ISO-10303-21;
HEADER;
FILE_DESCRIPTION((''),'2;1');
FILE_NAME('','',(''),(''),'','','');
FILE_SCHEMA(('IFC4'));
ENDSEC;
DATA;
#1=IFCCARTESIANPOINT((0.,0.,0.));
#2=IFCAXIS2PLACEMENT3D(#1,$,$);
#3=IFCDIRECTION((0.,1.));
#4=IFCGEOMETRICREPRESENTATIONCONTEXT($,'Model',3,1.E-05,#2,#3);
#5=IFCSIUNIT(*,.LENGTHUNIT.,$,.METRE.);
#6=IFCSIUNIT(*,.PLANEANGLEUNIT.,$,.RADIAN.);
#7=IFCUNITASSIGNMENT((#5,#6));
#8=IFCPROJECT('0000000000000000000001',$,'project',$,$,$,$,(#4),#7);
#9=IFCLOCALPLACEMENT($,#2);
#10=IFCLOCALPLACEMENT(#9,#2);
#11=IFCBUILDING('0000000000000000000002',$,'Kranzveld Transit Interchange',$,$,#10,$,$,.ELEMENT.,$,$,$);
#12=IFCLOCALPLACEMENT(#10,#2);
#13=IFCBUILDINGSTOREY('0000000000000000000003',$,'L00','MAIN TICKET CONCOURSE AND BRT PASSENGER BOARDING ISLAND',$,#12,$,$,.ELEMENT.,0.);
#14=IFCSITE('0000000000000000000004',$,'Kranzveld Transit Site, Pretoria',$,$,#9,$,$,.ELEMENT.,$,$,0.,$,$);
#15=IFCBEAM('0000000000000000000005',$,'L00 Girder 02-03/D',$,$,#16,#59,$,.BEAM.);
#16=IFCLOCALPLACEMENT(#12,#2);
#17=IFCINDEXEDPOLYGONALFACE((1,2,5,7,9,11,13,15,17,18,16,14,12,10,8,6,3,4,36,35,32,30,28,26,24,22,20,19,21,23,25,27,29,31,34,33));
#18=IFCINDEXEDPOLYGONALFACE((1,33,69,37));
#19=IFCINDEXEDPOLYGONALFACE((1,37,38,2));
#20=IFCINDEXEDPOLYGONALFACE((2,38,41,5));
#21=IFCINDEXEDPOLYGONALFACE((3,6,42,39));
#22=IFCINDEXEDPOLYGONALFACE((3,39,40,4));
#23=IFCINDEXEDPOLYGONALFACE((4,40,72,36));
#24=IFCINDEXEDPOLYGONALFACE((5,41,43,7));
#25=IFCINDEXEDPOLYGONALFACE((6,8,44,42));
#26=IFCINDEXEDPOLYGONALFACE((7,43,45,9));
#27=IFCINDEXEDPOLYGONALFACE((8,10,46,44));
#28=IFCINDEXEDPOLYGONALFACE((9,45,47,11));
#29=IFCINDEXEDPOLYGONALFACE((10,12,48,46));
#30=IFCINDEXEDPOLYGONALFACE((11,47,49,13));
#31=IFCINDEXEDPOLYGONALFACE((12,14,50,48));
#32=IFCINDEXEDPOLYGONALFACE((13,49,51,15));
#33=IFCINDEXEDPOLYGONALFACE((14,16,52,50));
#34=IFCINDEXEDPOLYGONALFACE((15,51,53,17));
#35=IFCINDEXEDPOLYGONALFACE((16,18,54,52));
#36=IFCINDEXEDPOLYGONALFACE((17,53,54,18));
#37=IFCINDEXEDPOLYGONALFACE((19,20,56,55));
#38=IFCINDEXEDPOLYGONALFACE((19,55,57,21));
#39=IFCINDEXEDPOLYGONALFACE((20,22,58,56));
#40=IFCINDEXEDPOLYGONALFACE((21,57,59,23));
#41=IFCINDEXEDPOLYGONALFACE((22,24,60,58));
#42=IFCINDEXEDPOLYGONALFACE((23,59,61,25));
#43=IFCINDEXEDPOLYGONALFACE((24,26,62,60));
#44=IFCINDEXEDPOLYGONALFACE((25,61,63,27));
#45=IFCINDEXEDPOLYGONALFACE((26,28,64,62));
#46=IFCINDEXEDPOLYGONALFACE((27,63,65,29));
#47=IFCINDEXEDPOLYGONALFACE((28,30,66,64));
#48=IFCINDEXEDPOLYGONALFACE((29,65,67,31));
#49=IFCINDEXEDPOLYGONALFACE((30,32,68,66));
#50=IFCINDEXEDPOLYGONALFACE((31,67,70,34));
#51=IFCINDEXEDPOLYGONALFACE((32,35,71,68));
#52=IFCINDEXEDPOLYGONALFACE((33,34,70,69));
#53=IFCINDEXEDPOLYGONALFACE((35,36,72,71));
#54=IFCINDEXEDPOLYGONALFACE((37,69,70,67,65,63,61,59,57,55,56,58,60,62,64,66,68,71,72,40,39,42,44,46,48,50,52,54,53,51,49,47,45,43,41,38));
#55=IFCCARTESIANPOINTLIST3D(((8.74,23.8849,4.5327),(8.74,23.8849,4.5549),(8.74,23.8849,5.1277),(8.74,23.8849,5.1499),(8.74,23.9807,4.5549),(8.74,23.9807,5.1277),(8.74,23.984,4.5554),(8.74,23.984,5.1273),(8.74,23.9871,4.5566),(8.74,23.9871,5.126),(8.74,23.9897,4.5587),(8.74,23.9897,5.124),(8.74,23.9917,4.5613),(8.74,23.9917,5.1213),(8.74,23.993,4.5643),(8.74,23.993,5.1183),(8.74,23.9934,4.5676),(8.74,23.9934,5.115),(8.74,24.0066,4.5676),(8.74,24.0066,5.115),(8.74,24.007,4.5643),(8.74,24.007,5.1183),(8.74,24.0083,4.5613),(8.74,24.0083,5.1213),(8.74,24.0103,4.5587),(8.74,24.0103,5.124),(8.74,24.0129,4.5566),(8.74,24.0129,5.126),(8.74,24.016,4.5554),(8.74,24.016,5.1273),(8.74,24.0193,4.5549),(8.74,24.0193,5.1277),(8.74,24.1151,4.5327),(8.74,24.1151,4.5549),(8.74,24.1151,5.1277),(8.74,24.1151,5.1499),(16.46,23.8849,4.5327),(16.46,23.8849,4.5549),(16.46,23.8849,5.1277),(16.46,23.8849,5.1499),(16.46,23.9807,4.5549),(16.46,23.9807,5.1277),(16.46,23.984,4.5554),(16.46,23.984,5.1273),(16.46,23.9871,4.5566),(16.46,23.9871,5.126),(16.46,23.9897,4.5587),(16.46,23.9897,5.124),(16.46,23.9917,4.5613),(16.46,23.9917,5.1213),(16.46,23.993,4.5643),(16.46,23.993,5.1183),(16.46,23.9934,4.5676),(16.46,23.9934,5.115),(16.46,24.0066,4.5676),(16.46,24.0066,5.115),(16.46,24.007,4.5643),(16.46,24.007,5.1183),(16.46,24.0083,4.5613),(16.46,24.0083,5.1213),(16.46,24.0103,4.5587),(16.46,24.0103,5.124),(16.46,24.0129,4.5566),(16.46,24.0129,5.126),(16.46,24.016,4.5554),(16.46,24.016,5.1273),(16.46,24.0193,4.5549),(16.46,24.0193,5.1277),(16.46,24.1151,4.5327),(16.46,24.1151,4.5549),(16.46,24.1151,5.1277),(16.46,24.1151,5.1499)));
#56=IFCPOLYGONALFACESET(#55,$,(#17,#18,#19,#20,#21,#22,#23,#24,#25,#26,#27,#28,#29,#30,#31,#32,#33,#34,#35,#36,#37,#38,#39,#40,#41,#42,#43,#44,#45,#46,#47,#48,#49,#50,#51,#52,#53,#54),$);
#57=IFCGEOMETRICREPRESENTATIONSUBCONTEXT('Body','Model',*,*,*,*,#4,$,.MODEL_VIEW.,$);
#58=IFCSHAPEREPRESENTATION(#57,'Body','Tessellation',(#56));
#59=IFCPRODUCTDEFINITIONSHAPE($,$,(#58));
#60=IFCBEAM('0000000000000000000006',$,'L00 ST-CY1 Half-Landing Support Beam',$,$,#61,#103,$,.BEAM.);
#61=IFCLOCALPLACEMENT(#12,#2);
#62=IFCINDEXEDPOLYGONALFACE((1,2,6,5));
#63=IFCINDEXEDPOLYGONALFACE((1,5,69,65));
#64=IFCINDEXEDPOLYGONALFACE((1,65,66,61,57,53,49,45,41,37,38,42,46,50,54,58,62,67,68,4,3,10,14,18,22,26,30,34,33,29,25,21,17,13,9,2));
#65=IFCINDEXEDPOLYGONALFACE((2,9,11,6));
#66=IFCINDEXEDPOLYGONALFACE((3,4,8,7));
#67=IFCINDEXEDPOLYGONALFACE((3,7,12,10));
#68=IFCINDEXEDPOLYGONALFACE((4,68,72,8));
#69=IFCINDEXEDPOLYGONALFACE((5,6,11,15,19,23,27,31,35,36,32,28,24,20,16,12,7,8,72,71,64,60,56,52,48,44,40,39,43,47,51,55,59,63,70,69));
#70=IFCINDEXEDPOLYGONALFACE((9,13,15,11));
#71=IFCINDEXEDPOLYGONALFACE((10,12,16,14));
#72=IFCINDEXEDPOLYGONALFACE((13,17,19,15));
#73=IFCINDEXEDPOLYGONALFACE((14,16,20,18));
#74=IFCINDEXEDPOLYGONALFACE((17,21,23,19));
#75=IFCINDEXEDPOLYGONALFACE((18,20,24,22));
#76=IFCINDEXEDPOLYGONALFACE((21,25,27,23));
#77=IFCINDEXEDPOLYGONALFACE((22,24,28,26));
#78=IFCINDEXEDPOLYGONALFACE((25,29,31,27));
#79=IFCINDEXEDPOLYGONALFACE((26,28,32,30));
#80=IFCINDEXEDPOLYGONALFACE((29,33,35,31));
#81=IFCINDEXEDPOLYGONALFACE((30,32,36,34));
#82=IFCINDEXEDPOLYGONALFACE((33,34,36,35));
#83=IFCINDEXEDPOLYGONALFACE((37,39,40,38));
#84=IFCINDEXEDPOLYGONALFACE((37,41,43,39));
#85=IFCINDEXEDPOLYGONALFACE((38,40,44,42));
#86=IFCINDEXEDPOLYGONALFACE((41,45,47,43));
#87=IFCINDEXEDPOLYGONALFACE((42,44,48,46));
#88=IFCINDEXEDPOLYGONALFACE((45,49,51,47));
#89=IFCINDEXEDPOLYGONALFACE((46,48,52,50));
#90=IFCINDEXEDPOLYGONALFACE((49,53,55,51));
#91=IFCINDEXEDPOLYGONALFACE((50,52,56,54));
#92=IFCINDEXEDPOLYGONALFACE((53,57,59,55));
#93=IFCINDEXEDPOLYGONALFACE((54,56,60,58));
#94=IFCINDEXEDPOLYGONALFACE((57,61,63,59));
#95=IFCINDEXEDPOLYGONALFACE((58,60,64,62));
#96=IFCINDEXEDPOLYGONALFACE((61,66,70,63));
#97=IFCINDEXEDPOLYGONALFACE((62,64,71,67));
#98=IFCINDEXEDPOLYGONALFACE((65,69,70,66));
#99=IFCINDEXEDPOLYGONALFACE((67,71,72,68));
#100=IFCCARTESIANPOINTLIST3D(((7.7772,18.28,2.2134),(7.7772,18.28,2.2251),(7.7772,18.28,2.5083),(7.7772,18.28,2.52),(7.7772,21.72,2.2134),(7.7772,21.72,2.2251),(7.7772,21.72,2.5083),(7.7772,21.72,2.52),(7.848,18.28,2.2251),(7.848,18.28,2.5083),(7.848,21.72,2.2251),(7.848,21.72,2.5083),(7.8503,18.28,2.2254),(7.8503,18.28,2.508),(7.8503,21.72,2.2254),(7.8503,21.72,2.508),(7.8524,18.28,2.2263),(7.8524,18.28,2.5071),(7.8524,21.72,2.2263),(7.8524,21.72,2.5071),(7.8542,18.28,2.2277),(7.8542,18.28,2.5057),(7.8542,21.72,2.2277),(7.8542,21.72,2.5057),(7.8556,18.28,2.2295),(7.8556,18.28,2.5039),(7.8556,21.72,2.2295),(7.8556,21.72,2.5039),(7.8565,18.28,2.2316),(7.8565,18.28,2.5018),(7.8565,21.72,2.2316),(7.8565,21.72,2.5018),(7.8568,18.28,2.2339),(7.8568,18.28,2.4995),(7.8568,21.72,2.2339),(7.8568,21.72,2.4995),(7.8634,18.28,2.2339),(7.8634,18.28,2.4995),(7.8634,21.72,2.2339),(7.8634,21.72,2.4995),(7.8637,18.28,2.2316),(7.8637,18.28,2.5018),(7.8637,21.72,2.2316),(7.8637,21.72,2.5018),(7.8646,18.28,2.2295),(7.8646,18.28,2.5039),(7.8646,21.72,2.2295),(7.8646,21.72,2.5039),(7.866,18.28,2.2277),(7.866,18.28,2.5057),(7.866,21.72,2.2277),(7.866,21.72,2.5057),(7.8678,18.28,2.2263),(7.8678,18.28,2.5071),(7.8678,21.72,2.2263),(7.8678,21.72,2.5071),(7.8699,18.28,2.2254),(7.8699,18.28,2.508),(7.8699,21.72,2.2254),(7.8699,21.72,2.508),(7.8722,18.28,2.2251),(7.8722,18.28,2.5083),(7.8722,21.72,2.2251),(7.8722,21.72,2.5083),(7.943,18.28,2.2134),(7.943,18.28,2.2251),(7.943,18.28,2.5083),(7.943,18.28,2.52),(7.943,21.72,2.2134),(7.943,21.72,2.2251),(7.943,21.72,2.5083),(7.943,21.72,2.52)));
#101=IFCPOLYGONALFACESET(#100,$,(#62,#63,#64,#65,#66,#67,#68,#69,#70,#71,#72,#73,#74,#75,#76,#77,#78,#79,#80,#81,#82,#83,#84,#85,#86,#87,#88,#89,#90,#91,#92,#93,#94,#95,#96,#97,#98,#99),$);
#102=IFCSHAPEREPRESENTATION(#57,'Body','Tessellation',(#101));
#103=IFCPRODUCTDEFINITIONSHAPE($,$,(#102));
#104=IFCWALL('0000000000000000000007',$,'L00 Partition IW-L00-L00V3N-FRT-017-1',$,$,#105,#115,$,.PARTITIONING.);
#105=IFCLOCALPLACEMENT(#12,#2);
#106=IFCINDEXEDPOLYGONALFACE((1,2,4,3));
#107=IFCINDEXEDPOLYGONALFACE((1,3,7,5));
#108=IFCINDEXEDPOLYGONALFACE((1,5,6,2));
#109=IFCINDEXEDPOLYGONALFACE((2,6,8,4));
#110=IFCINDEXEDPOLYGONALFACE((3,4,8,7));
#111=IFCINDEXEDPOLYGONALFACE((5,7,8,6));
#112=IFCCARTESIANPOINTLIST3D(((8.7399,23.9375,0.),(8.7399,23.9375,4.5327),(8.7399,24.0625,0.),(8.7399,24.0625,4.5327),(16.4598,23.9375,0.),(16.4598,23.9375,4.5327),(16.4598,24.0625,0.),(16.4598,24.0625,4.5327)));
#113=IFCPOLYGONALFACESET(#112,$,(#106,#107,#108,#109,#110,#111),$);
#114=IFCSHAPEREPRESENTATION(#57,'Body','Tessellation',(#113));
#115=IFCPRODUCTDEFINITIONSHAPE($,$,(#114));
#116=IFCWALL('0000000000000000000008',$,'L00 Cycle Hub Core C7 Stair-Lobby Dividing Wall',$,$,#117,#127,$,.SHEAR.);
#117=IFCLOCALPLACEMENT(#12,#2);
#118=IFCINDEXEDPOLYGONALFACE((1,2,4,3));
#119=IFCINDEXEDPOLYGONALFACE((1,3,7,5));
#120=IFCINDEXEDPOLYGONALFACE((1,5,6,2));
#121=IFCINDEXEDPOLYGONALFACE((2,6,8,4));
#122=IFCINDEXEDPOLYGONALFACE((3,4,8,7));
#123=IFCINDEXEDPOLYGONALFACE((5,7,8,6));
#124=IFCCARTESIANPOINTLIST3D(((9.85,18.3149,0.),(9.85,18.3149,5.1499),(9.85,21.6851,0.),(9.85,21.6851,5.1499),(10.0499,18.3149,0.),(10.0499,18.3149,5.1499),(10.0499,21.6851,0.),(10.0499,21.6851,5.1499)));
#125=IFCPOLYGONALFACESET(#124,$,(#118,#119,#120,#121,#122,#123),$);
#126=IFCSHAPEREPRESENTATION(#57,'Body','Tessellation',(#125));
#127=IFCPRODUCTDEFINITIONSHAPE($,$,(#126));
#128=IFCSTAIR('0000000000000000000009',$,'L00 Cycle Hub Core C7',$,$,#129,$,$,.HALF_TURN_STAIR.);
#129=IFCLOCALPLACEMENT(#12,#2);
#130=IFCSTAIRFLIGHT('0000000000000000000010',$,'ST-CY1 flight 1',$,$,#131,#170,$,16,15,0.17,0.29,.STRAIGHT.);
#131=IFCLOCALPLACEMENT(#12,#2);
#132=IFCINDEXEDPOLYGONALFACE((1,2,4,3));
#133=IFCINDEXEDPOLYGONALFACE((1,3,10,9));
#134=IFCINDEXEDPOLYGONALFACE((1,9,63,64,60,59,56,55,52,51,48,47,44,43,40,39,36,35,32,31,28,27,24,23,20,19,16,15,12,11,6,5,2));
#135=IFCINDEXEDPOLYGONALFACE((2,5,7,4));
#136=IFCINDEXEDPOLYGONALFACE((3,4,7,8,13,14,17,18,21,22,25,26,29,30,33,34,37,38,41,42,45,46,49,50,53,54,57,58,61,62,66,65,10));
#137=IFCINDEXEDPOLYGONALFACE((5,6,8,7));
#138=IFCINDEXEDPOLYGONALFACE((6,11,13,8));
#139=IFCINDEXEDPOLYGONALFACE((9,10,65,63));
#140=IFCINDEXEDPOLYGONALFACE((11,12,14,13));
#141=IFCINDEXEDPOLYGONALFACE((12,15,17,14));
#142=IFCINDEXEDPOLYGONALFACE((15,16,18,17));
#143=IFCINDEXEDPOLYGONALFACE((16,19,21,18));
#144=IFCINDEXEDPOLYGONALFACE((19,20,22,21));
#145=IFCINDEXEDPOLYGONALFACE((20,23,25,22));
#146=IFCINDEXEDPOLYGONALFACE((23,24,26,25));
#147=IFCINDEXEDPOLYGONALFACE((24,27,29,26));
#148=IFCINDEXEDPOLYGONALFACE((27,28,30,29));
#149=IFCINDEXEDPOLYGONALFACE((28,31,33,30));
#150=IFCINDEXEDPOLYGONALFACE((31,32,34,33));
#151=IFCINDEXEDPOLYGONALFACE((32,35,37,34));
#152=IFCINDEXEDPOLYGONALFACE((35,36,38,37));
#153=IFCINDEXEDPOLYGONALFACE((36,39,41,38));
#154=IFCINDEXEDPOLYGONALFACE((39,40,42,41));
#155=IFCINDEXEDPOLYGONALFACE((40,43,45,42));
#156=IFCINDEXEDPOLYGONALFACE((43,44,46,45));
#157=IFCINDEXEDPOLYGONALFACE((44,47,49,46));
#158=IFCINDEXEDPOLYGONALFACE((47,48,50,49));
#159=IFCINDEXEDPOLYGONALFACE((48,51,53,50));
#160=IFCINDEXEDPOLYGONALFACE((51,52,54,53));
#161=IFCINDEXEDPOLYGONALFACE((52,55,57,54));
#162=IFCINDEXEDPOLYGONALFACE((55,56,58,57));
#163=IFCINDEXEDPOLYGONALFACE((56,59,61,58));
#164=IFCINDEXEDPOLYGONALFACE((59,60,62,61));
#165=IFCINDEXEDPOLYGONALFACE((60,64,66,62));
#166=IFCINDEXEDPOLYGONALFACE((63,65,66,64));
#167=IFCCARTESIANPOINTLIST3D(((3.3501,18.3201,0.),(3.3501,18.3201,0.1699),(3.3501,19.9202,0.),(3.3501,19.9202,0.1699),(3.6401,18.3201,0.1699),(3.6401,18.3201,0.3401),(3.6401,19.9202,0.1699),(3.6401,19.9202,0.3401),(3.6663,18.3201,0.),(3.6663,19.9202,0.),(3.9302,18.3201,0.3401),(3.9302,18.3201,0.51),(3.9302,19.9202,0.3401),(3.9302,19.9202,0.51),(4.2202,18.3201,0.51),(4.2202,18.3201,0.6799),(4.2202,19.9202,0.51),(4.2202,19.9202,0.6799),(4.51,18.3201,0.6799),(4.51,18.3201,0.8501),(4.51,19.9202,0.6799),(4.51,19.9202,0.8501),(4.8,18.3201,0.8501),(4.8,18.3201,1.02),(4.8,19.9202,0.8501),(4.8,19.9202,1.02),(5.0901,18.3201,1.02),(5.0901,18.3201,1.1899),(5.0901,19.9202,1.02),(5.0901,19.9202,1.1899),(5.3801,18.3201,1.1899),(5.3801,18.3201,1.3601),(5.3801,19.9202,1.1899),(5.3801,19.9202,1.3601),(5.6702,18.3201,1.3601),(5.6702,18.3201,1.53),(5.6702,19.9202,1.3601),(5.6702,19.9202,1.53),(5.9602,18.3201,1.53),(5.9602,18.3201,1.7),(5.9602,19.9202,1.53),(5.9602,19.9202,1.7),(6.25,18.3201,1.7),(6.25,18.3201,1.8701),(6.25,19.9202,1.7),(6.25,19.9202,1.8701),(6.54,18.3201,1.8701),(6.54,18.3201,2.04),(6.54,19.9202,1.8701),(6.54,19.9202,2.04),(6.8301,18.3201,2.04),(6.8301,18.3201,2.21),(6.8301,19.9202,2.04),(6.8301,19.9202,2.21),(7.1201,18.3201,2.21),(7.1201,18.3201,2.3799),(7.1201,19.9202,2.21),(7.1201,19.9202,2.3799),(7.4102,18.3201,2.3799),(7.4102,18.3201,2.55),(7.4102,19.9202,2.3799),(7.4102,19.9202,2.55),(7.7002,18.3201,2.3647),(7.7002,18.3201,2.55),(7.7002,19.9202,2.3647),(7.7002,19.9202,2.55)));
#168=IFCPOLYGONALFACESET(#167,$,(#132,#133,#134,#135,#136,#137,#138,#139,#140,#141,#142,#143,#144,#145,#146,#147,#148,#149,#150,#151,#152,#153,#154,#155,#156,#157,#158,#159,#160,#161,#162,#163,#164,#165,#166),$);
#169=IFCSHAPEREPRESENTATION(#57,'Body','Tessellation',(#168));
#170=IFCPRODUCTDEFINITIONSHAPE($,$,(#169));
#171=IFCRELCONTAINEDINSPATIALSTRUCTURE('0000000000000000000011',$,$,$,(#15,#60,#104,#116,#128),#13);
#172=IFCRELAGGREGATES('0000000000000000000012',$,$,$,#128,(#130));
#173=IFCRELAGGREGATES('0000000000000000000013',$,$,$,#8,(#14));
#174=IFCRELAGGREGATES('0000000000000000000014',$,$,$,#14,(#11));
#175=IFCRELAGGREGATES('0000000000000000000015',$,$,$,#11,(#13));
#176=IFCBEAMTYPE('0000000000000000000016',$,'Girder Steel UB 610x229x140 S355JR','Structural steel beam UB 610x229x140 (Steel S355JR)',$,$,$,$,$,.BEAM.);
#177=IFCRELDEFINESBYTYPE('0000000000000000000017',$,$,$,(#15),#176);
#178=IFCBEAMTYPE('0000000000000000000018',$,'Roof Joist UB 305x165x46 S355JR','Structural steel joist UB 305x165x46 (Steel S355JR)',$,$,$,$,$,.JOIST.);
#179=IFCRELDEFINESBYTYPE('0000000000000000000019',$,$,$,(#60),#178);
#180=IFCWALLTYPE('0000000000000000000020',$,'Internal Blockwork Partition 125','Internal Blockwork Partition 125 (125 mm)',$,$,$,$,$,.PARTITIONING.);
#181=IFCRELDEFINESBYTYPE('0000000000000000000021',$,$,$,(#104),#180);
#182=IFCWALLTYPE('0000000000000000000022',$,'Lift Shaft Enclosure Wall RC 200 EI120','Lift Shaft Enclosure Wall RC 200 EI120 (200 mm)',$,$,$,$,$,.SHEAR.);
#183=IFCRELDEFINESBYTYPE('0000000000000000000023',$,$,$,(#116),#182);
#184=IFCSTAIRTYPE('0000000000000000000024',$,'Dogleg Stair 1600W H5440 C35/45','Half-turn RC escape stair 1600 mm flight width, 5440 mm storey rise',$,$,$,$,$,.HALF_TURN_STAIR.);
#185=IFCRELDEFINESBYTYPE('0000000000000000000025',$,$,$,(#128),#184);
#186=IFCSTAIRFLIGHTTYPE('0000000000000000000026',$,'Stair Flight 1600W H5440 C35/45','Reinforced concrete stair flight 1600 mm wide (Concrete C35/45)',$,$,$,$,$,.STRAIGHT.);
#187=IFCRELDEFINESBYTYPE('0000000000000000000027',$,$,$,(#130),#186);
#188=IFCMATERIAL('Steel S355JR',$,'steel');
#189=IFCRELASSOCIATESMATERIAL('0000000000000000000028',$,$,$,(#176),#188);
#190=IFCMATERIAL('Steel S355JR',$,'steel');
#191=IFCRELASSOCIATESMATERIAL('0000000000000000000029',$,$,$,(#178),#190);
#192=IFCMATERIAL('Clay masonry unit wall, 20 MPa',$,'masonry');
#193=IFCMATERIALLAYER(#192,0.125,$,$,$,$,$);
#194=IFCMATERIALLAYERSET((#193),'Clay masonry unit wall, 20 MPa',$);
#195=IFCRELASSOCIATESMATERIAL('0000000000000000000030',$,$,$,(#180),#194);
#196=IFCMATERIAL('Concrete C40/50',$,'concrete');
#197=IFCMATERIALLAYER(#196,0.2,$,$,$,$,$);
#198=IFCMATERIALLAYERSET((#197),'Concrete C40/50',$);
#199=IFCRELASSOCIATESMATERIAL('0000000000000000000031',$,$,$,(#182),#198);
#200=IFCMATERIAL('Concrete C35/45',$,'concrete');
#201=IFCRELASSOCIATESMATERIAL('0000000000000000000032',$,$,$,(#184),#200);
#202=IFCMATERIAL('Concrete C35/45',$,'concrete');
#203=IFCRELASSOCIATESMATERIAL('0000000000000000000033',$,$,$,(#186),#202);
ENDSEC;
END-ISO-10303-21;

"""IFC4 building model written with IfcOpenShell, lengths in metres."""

from ifc_helpers import new_model, si_unit, direction, frame, frame_2d, origin, origin_2d, place, context, subcontext, project, spatial, polyline, rectangle, i_section, outline, extrude, material, layer, layer_set, material_profile, profile_set, type_object, element, aggregate, save


model = new_model("IFC4")

# Units and contexts
model_context = context("Model", 3, precision=1e-05, world=origin(), true_north=direction((0.0, 1.0)))
body_context = subcontext(model_context, "Body", "Model", "MODEL_VIEW")
ifc_project = project(units=[si_unit("LENGTHUNIT", "METRE"), si_unit("PLANEANGLEUNIT", "RADIAN")], contexts=[model_context])

# Site, building, storey
site_placement = place(None, origin())
site = spatial("IfcSite", under=ifc_project, at=site_placement, Name="Kranzveld Transit Site, Pretoria", CompositionType="ELEMENT", RefElevation=0.0)
building_placement = place(site_placement, origin())
building = spatial("IfcBuilding", under=site, at=building_placement, Name="Kranzveld Transit Interchange", CompositionType="ELEMENT")
storey_placement = place(building_placement, origin())
storey = spatial("IfcBuildingStorey", under=building, at=storey_placement, Name="L00", Description="MAIN TICKET CONCOURSE AND BRT PASSENGER BOARDING ISLAND", CompositionType="ELEMENT", Elevation=0.0)

# Beams
ifc_material_1 = material(Name="Steel S355JR", Category="steel")
ifc_material_profile_1 = material_profile(ifc_material_1, i_section(OverallWidth=0.2302, OverallDepth=0.6172, WebThickness=0.0132, FlangeThickness=0.0222, FilletRadius=0.0127, at=origin_2d()), Name="UB 610x229x140")
ifc_profile_set_1 = profile_set([ifc_material_profile_1], Name="Steel S355JR")
beam_type_1 = type_object("IfcBeamType", Name="Girder Steel UB 610x229x140 S355JR", Description="Structural steel beam UB 610x229x140 (Steel S355JR)", PredefinedType="BEAM", material=ifc_profile_set_1)
beam_1_placement = place(storey_placement, frame((8.74, 24.0, 4.8413), z_axis=(1.0, 0.0, 0.0), x_axis=(0.0, 1.0, 0.0)))
element("IfcBeam", 1, at=beam_1_placement, inside=storey, type_object=beam_type_1, Name="L00 Girder 02-03/D", PredefinedType="BEAM", context=body_context, shape_type="SweptSolid", body=[
    extrude(i_section(OverallWidth=0.2302, OverallDepth=0.6172, WebThickness=0.0132, FlangeThickness=0.0222, FilletRadius=0.0127, at=origin_2d()), origin(), (0.0, 0.0, 1.0), 7.72),
])
ifc_material_2 = material(Name="Steel S355JR", Category="steel")
ifc_material_profile_2 = material_profile(ifc_material_2, i_section(OverallWidth=0.1658, OverallDepth=0.3066, WebThickness=0.0066, FlangeThickness=0.0117, FilletRadius=0.0088, at=origin_2d()), Name="UB 305x165x46")
ifc_profile_set_2 = profile_set([ifc_material_profile_2], Name="Steel S355JR")
beam_type_2 = type_object("IfcBeamType", Name="Roof Joist UB 305x165x46 S355JR", Description="Structural steel joist UB 305x165x46 (Steel S355JR)", PredefinedType="JOIST", material=ifc_profile_set_2)
beam_2_placement = place(storey_placement, frame((7.8601, 18.28, 2.3667), z_axis=(0.0, 1.0, 0.0), x_axis=(-1.0, 0.0, 0.0)))
element("IfcBeam", 2, at=beam_2_placement, inside=storey, type_object=beam_type_2, Name="L00 ST-CY1 Half-Landing Support Beam", PredefinedType="BEAM", context=body_context, shape_type="SweptSolid", body=[
    extrude(i_section(OverallWidth=0.1658, OverallDepth=0.3066, WebThickness=0.0066, FlangeThickness=0.0117, FilletRadius=0.0088, at=origin_2d()), origin(), (0.0, 0.0, 1.0), 3.4399),
])

# Walls
ifc_material_3 = material(Name="Clay masonry unit wall, 20 MPa", Category="masonry")
ifc_layer_1 = layer(ifc_material_3, 0.125)
ifc_layer_set_1 = layer_set([ifc_layer_1], Name="Clay masonry unit wall, 20 MPa")
wall_type_1 = type_object("IfcWallType", Name="Internal Blockwork Partition 125", Description="Internal Blockwork Partition 125 (125 mm)", PredefinedType="PARTITIONING", material=ifc_layer_set_1)
wall_1_placement = place(storey_placement, frame((8.74, 24.0, 0.0), z_axis=(0.0, 0.0, 1.0), x_axis=(1.0, 0.0, 0.0)))
element("IfcWall", 3, at=wall_1_placement, inside=storey, type_object=wall_type_1, Name="L00 Partition IW-L00-L00V3N-FRT-017-1", PredefinedType="PARTITIONING", context=body_context, shape_type="SweptSolid", body=[
    extrude(rectangle(XDim=7.72, YDim=0.125, at=frame_2d((3.8599, 0.0))), origin(), (0.0, 0.0, 1.0), 4.5327),
])
ifc_material_4 = material(Name="Concrete C40/50", Category="concrete")
ifc_layer_2 = layer(ifc_material_4, 0.2)
ifc_layer_set_2 = layer_set([ifc_layer_2], Name="Concrete C40/50")
wall_type_2 = type_object("IfcWallType", Name="Lift Shaft Enclosure Wall RC 200 EI120", Description="Lift Shaft Enclosure Wall RC 200 EI120 (200 mm)", PredefinedType="SHEAR", material=ifc_layer_set_2)
wall_2_placement = place(storey_placement, frame((9.95, 18.3149, 0.0), z_axis=(0.0, 0.0, 1.0), x_axis=(0.0, 1.0, 0.0)))
element("IfcWall", 4, at=wall_2_placement, inside=storey, type_object=wall_type_2, Name="L00 Cycle Hub Core C7 Stair-Lobby Dividing Wall", PredefinedType="SHEAR", context=body_context, shape_type="SweptSolid", body=[
    extrude(rectangle(XDim=3.3701, YDim=0.2, at=frame_2d((1.6851, 0.0))), origin(), (0.0, 0.0, 1.0), 5.1499),
])

# Stair, stair flight
ifc_material_5 = material(Name="Concrete C35/45", Category="concrete")
stair_type = type_object("IfcStairType", Name="Dogleg Stair 1600W H5440 C35/45", Description="Half-turn RC escape stair 1600 mm flight width, 5440 mm storey rise", PredefinedType="HALF_TURN_STAIR", material=ifc_material_5)
stair_placement = place(storey_placement, origin())
stair = element("IfcStair", 5, at=stair_placement, inside=storey, type_object=stair_type, Name="L00 Cycle Hub Core C7", PredefinedType="HALF_TURN_STAIR")
ifc_material_6 = material(Name="Concrete C35/45", Category="concrete")
stair_flight_type = type_object("IfcStairFlightType", Name="Stair Flight 1600W H5440 C35/45", Description="Reinforced concrete stair flight 1600 mm wide (Concrete C35/45)", PredefinedType="STRAIGHT", material=ifc_material_6)
stair_flight_1_placement = place(storey_placement, frame((3.3501, 19.1201, 0.0), z_axis=(0.0, 0.0, 1.0), x_axis=(1.0, 0.0, 0.0)))
stair_flight_1 = element("IfcStairFlight", 6, at=stair_flight_1_placement, type_object=stair_flight_type, Name="ST-CY1 flight 1", NumberOfRisers=16, NumberOfTreads=15, PredefinedType="STRAIGHT", RiserHeight=0.17, TreadLength=0.29, context=body_context, shape_type="SweptSolid", body=[
    extrude(outline(polyline([(0.0, 0.0), (0.0, 0.1699), (0.29, 0.1699), (0.29, 0.3401), (0.5801, 0.3401), (0.5801, 0.51), (0.8701, 0.51), (0.8701, 0.6799), (1.1599, 0.6799), (1.1599, 0.8501), (1.45, 0.8501), (1.45, 1.02), (1.74, 1.02), (1.74, 1.1899), (2.03, 1.1899), (2.03, 1.3601), (2.3201, 1.3601), (2.3201, 1.53), (2.6101, 1.53), (2.6101, 1.7), (2.8999, 1.7), (2.8999, 1.8701), (3.1899, 1.8701), (3.1899, 2.04), (3.48, 2.04), (3.48, 2.21), (3.77, 2.21), (3.77, 2.3799), (4.0601, 2.3799), (4.0601, 2.55), (4.3501, 2.55), (4.3501, 2.72), (4.3501, 2.3647), (0.3162, 0.0), (0.0, 0.0)])), frame((0.0, 0.8, 0.0), z_axis=(0.0, -1.0, 0.0), x_axis=(1.0, 0.0, 0.0)), (0.0, 0.0, 1.0), 1.6001),
])
aggregate(stair, [stair_flight_1])

save(model, "model.ifc")
